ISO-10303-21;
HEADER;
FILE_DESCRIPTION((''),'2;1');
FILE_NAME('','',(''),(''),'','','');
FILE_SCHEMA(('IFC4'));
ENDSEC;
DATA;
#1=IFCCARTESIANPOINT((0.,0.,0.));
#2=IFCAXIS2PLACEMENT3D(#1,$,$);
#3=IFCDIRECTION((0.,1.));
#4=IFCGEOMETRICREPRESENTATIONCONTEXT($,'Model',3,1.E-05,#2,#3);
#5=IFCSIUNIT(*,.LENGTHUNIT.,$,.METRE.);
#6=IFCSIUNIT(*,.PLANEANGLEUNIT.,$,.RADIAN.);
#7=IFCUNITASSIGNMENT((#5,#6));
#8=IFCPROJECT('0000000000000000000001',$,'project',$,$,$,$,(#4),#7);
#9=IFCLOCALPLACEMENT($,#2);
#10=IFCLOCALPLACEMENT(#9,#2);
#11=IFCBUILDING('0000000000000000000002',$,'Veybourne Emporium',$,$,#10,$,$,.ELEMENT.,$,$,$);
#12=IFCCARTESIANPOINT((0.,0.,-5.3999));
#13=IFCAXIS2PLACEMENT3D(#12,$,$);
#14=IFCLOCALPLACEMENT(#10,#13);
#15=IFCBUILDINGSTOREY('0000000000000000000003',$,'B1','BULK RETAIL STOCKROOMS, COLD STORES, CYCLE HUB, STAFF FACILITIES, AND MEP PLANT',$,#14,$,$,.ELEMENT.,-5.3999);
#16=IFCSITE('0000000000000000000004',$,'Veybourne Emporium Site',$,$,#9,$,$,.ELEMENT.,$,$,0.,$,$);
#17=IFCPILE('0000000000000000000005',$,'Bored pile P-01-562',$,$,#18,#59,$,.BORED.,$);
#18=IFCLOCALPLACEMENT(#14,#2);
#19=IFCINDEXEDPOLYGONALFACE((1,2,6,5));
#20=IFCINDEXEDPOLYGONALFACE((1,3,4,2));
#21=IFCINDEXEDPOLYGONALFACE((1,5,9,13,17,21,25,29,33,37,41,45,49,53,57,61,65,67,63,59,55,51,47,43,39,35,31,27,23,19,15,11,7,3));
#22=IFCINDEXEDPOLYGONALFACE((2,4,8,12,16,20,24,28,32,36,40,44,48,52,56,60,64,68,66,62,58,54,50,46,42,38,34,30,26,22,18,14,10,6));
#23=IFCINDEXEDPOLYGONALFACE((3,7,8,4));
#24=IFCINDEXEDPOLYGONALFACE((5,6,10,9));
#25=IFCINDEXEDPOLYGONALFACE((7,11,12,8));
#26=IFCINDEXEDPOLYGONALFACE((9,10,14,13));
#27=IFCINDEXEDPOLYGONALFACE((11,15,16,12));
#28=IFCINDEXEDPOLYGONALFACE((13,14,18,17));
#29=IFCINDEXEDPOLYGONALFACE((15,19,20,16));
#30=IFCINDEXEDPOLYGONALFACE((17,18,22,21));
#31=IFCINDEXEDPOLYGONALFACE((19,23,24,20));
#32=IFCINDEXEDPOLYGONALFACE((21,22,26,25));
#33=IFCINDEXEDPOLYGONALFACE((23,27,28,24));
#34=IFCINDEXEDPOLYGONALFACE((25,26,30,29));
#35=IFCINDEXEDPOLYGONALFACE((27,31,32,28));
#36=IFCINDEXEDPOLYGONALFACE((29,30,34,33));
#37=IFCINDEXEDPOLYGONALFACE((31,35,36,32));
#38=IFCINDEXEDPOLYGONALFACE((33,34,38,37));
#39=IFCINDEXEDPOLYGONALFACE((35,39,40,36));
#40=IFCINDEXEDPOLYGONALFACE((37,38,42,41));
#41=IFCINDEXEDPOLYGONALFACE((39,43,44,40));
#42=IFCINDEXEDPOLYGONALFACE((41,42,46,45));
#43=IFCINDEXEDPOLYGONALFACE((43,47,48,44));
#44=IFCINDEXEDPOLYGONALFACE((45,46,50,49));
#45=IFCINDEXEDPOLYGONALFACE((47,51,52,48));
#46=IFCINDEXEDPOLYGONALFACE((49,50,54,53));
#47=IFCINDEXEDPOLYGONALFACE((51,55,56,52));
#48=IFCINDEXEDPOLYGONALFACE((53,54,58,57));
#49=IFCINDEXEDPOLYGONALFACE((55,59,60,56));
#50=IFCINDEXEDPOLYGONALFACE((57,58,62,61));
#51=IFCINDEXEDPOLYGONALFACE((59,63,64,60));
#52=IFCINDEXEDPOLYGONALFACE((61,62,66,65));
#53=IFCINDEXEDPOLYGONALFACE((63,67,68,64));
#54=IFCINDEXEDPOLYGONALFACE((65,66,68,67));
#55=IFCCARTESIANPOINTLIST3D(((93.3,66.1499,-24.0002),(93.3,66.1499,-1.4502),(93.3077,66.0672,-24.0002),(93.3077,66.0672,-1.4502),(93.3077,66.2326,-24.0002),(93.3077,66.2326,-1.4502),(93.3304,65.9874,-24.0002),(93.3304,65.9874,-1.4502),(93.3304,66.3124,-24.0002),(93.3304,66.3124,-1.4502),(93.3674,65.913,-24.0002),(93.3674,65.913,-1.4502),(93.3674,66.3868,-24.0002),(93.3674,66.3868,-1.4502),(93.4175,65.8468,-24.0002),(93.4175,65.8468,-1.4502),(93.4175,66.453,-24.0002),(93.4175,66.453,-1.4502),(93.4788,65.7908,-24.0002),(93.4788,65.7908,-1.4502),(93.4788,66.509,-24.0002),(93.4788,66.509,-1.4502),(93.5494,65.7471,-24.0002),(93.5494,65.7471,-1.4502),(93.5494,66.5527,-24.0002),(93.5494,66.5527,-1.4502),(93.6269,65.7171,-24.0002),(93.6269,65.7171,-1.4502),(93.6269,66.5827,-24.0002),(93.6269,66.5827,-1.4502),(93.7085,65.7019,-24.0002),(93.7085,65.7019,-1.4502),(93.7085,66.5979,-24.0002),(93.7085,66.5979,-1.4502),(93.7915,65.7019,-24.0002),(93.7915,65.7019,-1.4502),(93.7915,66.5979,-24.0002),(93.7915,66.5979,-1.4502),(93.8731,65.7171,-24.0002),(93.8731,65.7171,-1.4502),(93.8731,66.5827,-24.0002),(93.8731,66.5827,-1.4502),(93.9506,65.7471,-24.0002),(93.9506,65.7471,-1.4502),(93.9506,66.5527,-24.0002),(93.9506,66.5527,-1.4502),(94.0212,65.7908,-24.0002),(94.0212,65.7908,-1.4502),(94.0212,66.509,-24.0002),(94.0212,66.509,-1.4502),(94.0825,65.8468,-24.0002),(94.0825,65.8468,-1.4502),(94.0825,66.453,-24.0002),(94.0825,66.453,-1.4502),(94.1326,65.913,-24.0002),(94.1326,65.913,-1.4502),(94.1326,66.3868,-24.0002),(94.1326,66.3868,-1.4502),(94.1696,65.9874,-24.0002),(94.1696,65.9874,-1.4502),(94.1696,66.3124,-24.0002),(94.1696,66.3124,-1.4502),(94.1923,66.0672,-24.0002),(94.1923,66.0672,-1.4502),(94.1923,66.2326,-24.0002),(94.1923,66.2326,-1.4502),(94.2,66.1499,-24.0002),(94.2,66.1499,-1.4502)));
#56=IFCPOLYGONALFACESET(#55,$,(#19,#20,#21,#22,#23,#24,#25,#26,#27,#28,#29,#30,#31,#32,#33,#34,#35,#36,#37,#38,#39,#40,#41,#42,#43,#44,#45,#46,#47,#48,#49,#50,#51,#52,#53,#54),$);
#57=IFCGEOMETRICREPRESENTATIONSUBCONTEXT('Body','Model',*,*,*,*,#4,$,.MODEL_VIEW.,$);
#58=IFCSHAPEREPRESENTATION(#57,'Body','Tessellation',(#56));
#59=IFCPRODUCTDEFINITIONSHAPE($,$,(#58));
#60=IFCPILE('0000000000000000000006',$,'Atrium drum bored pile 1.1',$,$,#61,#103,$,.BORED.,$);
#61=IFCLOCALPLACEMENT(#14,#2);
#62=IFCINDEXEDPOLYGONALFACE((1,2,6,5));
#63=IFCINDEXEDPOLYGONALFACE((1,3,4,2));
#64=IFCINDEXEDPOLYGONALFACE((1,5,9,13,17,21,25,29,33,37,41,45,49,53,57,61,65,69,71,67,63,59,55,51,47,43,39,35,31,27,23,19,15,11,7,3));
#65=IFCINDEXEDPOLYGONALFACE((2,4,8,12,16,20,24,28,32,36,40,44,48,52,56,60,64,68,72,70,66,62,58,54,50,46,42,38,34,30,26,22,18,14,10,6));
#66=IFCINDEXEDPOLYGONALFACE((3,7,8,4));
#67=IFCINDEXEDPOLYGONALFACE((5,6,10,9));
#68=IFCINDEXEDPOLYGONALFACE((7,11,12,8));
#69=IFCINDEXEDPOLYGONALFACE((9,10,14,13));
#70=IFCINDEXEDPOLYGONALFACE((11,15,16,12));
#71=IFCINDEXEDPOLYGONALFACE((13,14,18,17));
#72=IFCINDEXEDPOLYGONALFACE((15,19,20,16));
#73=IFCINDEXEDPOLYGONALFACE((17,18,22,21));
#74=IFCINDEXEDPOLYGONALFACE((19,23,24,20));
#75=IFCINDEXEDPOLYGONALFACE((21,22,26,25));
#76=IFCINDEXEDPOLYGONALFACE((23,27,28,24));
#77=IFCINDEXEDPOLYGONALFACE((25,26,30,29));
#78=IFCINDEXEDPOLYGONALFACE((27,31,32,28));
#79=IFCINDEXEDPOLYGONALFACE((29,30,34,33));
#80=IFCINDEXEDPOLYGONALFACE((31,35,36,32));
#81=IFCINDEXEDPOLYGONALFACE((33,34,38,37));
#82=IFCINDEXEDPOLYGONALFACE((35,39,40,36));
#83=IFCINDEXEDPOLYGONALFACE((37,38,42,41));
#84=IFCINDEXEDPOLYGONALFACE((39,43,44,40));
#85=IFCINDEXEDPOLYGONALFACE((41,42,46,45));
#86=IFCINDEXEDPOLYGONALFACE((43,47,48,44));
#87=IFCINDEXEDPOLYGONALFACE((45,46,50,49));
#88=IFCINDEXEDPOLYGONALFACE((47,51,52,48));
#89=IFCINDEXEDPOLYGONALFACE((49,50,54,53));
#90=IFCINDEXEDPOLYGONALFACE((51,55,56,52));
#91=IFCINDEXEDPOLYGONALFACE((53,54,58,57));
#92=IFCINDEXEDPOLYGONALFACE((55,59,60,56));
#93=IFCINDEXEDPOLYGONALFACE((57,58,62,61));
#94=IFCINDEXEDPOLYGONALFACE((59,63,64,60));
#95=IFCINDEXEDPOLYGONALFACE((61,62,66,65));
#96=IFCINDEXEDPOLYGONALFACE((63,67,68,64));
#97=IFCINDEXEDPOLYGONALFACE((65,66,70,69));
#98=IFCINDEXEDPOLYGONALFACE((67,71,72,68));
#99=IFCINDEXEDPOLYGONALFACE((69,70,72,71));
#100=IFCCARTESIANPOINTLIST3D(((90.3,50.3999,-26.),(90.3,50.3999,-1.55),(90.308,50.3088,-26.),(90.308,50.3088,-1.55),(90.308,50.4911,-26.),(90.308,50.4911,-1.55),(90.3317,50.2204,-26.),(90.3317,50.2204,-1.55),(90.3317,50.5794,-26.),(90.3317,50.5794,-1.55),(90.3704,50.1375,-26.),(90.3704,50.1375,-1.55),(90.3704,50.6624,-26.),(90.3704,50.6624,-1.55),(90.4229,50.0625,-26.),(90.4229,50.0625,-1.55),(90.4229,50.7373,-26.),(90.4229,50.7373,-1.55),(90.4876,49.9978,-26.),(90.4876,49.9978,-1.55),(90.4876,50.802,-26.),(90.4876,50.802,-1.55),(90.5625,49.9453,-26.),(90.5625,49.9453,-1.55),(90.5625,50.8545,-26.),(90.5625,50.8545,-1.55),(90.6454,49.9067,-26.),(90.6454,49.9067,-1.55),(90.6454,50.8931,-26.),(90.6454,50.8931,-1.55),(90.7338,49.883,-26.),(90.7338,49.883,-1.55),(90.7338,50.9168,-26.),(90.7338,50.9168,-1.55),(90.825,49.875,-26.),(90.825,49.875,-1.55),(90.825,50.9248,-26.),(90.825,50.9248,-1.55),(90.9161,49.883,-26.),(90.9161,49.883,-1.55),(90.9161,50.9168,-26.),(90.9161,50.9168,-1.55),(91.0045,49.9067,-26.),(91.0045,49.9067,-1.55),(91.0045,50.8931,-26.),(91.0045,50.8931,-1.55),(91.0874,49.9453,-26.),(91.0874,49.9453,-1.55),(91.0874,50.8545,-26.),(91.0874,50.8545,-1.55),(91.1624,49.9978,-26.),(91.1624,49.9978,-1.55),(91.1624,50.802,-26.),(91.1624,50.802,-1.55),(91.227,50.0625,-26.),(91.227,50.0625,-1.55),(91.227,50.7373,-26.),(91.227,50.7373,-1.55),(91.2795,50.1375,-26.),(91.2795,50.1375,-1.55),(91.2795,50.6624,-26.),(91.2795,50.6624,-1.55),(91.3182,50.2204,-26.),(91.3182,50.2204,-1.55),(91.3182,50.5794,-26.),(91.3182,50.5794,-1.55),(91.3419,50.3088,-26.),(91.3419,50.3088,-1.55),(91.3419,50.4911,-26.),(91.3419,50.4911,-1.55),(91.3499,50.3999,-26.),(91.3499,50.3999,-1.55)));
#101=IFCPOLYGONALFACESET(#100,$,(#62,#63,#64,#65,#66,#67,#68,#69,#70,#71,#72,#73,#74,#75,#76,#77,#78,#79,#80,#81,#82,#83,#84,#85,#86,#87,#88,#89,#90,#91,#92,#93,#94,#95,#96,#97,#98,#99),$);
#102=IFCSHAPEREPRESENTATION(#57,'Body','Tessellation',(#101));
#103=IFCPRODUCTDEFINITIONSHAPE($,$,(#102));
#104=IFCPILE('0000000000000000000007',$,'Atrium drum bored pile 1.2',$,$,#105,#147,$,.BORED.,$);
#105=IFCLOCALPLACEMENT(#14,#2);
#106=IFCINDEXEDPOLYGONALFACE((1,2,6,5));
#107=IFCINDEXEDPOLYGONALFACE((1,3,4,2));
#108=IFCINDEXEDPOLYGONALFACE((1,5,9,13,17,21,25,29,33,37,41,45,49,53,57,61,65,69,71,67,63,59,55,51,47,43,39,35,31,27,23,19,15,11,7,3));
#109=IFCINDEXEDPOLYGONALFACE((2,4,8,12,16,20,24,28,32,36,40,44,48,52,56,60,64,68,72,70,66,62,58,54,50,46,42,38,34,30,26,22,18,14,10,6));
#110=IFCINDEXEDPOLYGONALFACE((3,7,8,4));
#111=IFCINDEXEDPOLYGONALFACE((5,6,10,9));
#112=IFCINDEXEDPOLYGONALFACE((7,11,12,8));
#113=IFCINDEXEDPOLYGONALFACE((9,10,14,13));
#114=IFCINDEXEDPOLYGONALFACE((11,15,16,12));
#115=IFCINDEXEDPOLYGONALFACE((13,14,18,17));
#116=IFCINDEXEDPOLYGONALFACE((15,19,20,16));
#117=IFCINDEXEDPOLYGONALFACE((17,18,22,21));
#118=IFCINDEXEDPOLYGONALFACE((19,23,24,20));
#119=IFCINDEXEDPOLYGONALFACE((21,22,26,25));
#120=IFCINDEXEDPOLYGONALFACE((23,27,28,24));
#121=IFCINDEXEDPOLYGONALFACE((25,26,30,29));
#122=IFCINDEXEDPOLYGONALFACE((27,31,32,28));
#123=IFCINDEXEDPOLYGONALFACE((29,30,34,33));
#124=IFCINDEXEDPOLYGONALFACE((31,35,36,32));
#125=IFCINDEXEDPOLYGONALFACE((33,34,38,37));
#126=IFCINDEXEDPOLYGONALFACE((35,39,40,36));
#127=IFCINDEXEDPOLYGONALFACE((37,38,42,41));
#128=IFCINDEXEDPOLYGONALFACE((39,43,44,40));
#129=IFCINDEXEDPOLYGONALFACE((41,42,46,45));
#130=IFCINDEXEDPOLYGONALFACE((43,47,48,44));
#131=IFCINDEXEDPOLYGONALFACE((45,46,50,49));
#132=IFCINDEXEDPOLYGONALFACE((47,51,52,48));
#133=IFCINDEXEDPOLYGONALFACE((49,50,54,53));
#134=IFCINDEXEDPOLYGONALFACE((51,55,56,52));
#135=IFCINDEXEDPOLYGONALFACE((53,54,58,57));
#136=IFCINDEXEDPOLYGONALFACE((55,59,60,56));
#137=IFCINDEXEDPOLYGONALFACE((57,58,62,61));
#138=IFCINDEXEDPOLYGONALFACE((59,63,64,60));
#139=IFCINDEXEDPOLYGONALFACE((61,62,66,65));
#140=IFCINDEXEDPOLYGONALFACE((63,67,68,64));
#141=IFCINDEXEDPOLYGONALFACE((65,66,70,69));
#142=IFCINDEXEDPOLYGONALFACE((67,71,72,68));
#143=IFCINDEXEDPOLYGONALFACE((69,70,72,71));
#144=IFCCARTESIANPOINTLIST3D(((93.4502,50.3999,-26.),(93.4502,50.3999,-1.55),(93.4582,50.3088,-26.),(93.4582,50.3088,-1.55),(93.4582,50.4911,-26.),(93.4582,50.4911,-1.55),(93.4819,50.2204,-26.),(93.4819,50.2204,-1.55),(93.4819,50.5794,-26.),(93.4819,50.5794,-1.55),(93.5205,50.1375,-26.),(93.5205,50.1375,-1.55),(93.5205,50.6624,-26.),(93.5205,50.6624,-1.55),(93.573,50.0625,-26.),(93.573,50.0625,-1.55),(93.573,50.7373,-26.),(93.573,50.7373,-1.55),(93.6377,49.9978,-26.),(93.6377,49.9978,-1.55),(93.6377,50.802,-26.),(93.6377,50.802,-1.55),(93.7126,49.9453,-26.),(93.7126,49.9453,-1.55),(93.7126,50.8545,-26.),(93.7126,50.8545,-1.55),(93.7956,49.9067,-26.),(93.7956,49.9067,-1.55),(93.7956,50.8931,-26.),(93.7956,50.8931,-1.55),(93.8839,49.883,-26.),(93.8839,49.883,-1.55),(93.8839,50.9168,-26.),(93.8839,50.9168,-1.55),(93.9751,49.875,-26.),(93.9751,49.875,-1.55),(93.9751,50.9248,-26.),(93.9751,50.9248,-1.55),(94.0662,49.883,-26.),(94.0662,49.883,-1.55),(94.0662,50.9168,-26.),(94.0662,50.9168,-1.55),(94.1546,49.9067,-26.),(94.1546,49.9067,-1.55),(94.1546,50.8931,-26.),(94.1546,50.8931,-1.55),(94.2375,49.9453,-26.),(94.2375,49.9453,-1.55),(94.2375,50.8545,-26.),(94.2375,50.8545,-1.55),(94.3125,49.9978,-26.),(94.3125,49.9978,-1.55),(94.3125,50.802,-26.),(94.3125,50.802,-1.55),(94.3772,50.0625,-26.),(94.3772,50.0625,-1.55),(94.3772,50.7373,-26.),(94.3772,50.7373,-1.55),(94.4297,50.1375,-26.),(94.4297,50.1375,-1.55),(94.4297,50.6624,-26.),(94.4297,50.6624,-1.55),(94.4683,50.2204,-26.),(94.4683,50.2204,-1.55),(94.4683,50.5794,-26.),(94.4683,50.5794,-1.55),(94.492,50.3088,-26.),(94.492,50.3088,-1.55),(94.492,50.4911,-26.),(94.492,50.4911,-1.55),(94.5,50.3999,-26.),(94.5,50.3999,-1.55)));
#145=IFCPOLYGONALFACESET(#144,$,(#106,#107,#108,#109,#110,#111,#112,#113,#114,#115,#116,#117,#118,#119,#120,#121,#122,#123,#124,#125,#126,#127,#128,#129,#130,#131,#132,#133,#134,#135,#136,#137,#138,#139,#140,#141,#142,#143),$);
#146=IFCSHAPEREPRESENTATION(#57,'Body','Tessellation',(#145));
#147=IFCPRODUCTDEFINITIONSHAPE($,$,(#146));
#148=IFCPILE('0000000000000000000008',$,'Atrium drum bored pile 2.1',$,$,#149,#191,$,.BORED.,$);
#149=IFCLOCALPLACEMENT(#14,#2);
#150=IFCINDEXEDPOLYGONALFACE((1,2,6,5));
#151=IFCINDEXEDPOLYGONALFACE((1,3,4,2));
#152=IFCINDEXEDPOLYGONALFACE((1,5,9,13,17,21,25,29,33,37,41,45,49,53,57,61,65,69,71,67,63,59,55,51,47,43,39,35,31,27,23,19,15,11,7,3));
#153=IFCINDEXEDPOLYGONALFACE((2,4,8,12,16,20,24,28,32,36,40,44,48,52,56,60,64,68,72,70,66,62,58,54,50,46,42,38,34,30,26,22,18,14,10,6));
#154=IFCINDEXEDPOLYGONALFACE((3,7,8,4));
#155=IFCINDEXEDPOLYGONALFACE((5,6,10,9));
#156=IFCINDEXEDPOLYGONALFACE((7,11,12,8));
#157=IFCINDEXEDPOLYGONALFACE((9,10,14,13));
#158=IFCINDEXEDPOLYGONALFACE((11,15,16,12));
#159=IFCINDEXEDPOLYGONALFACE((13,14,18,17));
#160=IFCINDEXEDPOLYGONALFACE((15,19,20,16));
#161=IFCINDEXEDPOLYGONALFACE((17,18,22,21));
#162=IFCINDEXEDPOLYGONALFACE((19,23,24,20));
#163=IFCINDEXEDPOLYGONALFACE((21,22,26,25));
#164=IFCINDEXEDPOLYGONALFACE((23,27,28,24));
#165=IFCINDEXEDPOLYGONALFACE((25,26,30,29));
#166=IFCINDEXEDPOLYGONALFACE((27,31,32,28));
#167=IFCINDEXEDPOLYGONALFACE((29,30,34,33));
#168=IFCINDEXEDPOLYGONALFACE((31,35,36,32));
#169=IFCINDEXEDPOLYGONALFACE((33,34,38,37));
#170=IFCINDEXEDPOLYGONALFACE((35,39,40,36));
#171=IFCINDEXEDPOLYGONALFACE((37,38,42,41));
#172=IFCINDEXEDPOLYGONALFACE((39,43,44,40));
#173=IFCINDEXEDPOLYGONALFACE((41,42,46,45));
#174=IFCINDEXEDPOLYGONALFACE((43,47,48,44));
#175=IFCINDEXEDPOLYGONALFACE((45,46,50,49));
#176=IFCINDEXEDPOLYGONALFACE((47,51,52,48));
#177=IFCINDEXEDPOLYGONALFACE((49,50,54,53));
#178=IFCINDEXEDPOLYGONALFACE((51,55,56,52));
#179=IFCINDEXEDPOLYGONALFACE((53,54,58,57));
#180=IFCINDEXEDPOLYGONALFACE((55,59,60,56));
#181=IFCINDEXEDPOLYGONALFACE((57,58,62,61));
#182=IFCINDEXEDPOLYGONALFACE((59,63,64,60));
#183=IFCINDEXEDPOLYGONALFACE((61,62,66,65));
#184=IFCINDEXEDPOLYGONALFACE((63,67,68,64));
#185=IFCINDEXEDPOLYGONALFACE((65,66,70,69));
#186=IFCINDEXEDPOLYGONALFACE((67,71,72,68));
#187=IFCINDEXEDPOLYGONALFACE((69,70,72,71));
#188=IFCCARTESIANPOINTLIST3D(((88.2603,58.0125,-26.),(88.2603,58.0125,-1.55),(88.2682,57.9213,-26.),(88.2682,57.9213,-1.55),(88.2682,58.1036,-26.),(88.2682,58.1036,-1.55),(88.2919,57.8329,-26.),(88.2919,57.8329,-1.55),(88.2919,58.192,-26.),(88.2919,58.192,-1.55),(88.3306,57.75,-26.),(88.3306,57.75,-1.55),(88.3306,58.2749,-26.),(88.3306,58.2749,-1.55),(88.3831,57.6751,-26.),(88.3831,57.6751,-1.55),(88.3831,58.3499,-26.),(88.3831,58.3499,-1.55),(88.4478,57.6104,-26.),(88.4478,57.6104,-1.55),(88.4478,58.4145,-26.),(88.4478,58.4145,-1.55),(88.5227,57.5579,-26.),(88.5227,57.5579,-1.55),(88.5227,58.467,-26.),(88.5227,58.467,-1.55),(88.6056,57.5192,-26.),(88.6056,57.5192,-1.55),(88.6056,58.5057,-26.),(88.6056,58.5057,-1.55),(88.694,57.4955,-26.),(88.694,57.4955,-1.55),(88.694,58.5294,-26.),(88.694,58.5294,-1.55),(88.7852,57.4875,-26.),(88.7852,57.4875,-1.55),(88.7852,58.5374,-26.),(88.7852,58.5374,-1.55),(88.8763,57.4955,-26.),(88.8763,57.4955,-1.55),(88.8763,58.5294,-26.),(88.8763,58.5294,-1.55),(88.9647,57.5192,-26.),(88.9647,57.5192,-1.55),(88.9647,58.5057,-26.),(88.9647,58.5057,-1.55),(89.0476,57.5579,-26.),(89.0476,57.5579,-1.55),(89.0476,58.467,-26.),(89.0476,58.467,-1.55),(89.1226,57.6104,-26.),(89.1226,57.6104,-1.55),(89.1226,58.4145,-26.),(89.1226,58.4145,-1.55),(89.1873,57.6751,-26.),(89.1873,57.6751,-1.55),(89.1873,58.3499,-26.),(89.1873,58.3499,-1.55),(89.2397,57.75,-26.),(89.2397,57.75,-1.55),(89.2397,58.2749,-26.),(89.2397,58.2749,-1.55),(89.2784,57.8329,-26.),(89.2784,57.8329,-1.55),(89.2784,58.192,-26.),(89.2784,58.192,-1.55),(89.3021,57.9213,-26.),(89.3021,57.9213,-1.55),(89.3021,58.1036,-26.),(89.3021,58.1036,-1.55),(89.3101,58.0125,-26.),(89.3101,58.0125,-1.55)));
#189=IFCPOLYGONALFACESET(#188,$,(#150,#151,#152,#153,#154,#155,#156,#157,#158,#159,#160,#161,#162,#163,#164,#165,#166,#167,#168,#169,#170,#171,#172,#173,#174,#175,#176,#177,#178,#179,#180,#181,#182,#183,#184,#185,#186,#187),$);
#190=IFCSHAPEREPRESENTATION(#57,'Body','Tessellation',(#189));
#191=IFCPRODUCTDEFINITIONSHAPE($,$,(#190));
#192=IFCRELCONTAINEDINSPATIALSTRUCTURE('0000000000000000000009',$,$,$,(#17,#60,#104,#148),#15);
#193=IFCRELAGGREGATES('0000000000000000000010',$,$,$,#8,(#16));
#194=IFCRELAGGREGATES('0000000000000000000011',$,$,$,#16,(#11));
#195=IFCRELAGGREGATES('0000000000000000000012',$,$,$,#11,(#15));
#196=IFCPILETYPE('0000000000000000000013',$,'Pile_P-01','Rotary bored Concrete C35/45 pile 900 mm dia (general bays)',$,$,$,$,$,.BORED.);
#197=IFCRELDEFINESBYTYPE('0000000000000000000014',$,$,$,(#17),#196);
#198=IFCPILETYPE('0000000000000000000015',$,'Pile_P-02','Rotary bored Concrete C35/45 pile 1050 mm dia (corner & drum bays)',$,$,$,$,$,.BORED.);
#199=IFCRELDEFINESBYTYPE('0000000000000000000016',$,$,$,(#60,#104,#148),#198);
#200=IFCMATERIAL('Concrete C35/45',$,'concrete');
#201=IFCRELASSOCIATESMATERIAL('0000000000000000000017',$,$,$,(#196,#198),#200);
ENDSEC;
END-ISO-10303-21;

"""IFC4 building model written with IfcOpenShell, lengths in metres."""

from ifc_helpers import new_model, si_unit, direction, frame, origin, origin_2d, place, context, subcontext, project, spatial, circle, extrude, material, material_profile, profile_set, type_object, element, save


model = new_model("IFC4")

# Units and contexts
model_context = context("Model", 3, precision=1e-05, world=origin(), true_north=direction((0.0, 1.0)))
body_context = subcontext(model_context, "Body", "Model", "MODEL_VIEW")
ifc_project = project(units=[si_unit("LENGTHUNIT", "METRE"), si_unit("PLANEANGLEUNIT", "RADIAN")], contexts=[model_context])

# Site, building, storey
site_placement = place(None, origin())
site = spatial("IfcSite", under=ifc_project, at=site_placement, Name="Veybourne Emporium Site", CompositionType="ELEMENT", RefElevation=0.0)
building_placement = place(site_placement, origin())
building = spatial("IfcBuilding", under=site, at=building_placement, Name="Veybourne Emporium", CompositionType="ELEMENT")
storey_placement = place(building_placement, frame((0.0, 0.0, -5.3999)))
storey = spatial("IfcBuildingStorey", under=building, at=storey_placement, Name="B1", Description="BULK RETAIL STOCKROOMS, COLD STORES, CYCLE HUB, STAFF FACILITIES, AND MEP PLANT", CompositionType="ELEMENT", Elevation=-5.3999)

# Shared definitions
ifc_material_1 = material(Name="Concrete C35/45", Category="concrete")

# Piles
ifc_material_profile_1 = material_profile(ifc_material_1, circle(Radius=0.45, at=origin_2d()), Name="BORED PILE 900")
ifc_profile_set_1 = profile_set([ifc_material_profile_1], Name="Concrete C35/45")
pile_type_1 = type_object("IfcPileType", Name="Pile_P-01", Description="Rotary bored Concrete C35/45 pile 900 mm dia (general bays)", PredefinedType="BORED", material=ifc_profile_set_1)
for number, where, z_axis, x_axis, name in (
    (1, (93.75, 66.1499, -1.4502), (0.0, 0.0, -1.0), (1.0, 0.0, 0.0), "Bored pile P-01-562"),
):
    element("IfcPile", number, at=place(storey_placement, frame(where, z_axis=z_axis, x_axis=x_axis)), inside=storey, type_object=pile_type_1, Name=name, PredefinedType="BORED", context=body_context, shape_type="SweptSolid", body=[
        extrude(circle(Radius=0.45, at=origin_2d()), origin(), (0.0, 0.0, 1.0), 22.55),
    ])
ifc_material_profile_2 = material_profile(ifc_material_1, circle(Radius=0.5249, at=origin_2d()), Name="BORED PILE 1050")
ifc_profile_set_2 = profile_set([ifc_material_profile_2], Name="Concrete C35/45")
pile_type_2 = type_object("IfcPileType", Name="Pile_P-02", Description="Rotary bored Concrete C35/45 pile 1050 mm dia (corner & drum bays)", PredefinedType="BORED", material=ifc_profile_set_2)
for number, where, z_axis, x_axis, name in (
    (2, (90.825, 50.3999, -1.55), (0.0, 0.0, -1.0), (1.0, 0.0, 0.0), "Atrium drum bored pile 1.1"),
    (3, (93.9751, 50.3999, -1.55), (0.0, 0.0, -1.0), (1.0, 0.0, 0.0), "Atrium drum bored pile 1.2"),
    (4, (88.7852, 58.0125, -1.55), (0.0, 0.0, -1.0), (1.0, 0.0, 0.0), "Atrium drum bored pile 2.1"),
):
    element("IfcPile", number, at=place(storey_placement, frame(where, z_axis=z_axis, x_axis=x_axis)), inside=storey, type_object=pile_type_2, Name=name, PredefinedType="BORED", context=body_context, shape_type="SweptSolid", body=[
        extrude(circle(Radius=0.5249, at=origin_2d()), origin(), (0.0, 0.0, 1.0), 24.45),
    ])

save(model, "model.ifc")
